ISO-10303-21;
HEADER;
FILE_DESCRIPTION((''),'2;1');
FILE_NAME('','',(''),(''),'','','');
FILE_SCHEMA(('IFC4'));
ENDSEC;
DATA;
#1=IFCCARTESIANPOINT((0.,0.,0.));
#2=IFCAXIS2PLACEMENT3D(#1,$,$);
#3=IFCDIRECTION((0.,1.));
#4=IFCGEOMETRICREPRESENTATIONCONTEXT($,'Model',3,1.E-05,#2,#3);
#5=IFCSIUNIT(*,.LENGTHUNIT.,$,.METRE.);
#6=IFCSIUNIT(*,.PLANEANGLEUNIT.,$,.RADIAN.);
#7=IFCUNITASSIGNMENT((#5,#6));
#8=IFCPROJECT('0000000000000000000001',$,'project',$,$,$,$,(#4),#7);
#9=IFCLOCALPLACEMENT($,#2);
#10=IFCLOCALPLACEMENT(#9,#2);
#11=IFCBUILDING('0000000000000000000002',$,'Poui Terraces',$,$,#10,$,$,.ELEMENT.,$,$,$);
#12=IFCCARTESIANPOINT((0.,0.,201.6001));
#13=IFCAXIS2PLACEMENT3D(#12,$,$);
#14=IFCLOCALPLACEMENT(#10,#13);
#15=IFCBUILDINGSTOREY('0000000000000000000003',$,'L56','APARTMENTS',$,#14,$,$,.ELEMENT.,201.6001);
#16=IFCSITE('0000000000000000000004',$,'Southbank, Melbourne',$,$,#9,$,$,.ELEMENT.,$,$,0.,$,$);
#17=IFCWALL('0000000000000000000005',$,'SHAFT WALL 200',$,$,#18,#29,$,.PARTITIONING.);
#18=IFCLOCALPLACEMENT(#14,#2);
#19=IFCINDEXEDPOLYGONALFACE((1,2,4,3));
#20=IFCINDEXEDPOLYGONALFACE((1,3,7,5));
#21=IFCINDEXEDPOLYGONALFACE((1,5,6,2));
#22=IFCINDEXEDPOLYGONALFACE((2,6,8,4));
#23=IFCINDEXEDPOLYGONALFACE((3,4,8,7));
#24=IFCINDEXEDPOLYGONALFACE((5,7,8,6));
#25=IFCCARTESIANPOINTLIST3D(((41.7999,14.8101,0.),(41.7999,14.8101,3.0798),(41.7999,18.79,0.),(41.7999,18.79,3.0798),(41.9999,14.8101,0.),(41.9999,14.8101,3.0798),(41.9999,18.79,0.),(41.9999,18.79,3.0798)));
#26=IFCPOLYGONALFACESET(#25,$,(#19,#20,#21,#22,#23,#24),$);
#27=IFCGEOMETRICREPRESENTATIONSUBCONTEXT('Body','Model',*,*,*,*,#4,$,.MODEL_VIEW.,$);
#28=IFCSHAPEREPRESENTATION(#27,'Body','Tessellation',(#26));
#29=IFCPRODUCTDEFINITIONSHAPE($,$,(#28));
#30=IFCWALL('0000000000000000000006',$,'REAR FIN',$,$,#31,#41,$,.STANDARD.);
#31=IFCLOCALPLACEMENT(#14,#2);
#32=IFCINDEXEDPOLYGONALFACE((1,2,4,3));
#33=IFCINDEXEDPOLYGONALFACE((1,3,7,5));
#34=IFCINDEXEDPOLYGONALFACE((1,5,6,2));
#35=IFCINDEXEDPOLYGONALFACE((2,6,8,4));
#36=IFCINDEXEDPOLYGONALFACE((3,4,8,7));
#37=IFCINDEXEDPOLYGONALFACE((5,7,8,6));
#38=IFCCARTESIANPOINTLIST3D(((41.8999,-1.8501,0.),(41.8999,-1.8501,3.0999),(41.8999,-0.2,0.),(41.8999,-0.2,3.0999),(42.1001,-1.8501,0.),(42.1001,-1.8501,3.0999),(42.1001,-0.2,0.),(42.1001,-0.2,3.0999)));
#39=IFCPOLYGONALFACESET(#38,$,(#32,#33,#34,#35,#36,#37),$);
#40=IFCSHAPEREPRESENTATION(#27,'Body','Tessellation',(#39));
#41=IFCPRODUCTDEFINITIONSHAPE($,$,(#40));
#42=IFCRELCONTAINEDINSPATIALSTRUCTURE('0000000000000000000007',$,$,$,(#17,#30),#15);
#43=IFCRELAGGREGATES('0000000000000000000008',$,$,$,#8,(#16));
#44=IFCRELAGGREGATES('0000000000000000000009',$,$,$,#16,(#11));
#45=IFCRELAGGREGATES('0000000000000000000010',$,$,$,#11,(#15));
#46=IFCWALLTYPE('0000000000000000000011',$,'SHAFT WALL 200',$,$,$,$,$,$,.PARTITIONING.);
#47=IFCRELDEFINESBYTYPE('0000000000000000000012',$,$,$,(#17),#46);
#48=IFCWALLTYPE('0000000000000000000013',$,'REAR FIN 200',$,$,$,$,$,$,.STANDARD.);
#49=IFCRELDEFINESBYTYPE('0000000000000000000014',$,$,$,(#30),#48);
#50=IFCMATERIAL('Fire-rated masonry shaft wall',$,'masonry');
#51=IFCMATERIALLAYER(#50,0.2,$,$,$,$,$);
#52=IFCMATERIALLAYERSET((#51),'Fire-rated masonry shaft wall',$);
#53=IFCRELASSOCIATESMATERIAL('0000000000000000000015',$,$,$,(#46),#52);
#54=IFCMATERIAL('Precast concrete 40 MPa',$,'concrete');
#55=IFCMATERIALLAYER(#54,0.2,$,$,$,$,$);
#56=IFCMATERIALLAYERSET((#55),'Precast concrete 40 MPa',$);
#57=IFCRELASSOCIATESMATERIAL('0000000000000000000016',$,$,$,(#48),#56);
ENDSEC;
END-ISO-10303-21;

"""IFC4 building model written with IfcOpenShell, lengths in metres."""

from ifc_helpers import new_model, si_unit, direction, frame, frame_2d, origin, place, context, subcontext, project, spatial, polyline, rectangle, outline, extrude, source, transform, mapped, material, layer, layer_set, type_object, element, save


model = new_model("IFC4")

# Units and contexts
model_context = context("Model", 3, precision=1e-05, world=origin(), true_north=direction((0.0, 1.0)))
body_context = subcontext(model_context, "Body", "Model", "MODEL_VIEW")
ifc_project = project(units=[si_unit("LENGTHUNIT", "METRE"), si_unit("PLANEANGLEUNIT", "RADIAN")], contexts=[model_context])

# Site, building, storey
site_placement = place(None, origin())
site = spatial("IfcSite", under=ifc_project, at=site_placement, Name="Southbank, Melbourne", CompositionType="ELEMENT", RefElevation=0.0)
building_placement = place(site_placement, origin())
building = spatial("IfcBuilding", under=site, at=building_placement, Name="Poui Terraces", CompositionType="ELEMENT")
storey_placement = place(building_placement, frame((0.0, 0.0, 201.6001)))
storey = spatial("IfcBuildingStorey", under=building, at=storey_placement, Name="L56", Description="APARTMENTS", CompositionType="ELEMENT", Elevation=201.6001)

# Shared definitions
ifc_material_1 = material(Name="Fire-rated masonry shaft wall", Category="masonry")
ifc_layer_1 = layer(ifc_material_1, 0.2)
ifc_layer_set_1 = layer_set([ifc_layer_1], Name="Fire-rated masonry shaft wall")
wall_type_1 = type_object("IfcWallType", Name="SHAFT WALL 200", PredefinedType="PARTITIONING", material=ifc_layer_set_1)

# Walls
wall_1_placement = place(storey_placement, frame((41.8999, 14.8101, 0.0), z_axis=(0.0, 0.0, 1.0), x_axis=(0.0, 1.0, 0.0)))
element("IfcWall", 1, at=wall_1_placement, inside=storey, type_object=wall_type_1, Name="SHAFT WALL 200", PredefinedType="PARTITIONING", context=body_context, shape_type="SweptSolid", body=[
    extrude(rectangle(XDim=3.98, YDim=0.2, at=frame_2d((1.99, 0.0))), origin(), (0.0, 0.0, 1.0), 3.0798),
])
ifc_material_2 = material(Name="Precast concrete 40 MPa", Category="concrete")
ifc_layer_2 = layer(ifc_material_2, 0.2)
ifc_layer_set_2 = layer_set([ifc_layer_2], Name="Precast concrete 40 MPa")
wall_type_2 = type_object("IfcWallType", Name="REAR FIN 200", PredefinedType="STANDARD", material=ifc_layer_set_2)
shared_shape_1 = source(origin(), body_context, "Body", "SweptSolid", [
    extrude(outline(polyline([(0.0, 0.0), (0.2002, 0.0), (0.2002, 1.6501), (0.0, 1.6501), (0.0, 0.0)])), origin(), (0.0, 0.0, 1.0), 3.0999),
])
wall_2_placement = place(storey_placement, frame((41.8999, -1.8501, 0.0)))
element("IfcWall", 2, at=wall_2_placement, inside=storey, type_object=wall_type_2, Name="REAR FIN", PredefinedType="STANDARD", context=body_context, shape_type="MappedRepresentation", body=[
    mapped(shared_shape_1, transform((0.0, 0.0, 0.0))),
])

save(model, "model.ifc")
